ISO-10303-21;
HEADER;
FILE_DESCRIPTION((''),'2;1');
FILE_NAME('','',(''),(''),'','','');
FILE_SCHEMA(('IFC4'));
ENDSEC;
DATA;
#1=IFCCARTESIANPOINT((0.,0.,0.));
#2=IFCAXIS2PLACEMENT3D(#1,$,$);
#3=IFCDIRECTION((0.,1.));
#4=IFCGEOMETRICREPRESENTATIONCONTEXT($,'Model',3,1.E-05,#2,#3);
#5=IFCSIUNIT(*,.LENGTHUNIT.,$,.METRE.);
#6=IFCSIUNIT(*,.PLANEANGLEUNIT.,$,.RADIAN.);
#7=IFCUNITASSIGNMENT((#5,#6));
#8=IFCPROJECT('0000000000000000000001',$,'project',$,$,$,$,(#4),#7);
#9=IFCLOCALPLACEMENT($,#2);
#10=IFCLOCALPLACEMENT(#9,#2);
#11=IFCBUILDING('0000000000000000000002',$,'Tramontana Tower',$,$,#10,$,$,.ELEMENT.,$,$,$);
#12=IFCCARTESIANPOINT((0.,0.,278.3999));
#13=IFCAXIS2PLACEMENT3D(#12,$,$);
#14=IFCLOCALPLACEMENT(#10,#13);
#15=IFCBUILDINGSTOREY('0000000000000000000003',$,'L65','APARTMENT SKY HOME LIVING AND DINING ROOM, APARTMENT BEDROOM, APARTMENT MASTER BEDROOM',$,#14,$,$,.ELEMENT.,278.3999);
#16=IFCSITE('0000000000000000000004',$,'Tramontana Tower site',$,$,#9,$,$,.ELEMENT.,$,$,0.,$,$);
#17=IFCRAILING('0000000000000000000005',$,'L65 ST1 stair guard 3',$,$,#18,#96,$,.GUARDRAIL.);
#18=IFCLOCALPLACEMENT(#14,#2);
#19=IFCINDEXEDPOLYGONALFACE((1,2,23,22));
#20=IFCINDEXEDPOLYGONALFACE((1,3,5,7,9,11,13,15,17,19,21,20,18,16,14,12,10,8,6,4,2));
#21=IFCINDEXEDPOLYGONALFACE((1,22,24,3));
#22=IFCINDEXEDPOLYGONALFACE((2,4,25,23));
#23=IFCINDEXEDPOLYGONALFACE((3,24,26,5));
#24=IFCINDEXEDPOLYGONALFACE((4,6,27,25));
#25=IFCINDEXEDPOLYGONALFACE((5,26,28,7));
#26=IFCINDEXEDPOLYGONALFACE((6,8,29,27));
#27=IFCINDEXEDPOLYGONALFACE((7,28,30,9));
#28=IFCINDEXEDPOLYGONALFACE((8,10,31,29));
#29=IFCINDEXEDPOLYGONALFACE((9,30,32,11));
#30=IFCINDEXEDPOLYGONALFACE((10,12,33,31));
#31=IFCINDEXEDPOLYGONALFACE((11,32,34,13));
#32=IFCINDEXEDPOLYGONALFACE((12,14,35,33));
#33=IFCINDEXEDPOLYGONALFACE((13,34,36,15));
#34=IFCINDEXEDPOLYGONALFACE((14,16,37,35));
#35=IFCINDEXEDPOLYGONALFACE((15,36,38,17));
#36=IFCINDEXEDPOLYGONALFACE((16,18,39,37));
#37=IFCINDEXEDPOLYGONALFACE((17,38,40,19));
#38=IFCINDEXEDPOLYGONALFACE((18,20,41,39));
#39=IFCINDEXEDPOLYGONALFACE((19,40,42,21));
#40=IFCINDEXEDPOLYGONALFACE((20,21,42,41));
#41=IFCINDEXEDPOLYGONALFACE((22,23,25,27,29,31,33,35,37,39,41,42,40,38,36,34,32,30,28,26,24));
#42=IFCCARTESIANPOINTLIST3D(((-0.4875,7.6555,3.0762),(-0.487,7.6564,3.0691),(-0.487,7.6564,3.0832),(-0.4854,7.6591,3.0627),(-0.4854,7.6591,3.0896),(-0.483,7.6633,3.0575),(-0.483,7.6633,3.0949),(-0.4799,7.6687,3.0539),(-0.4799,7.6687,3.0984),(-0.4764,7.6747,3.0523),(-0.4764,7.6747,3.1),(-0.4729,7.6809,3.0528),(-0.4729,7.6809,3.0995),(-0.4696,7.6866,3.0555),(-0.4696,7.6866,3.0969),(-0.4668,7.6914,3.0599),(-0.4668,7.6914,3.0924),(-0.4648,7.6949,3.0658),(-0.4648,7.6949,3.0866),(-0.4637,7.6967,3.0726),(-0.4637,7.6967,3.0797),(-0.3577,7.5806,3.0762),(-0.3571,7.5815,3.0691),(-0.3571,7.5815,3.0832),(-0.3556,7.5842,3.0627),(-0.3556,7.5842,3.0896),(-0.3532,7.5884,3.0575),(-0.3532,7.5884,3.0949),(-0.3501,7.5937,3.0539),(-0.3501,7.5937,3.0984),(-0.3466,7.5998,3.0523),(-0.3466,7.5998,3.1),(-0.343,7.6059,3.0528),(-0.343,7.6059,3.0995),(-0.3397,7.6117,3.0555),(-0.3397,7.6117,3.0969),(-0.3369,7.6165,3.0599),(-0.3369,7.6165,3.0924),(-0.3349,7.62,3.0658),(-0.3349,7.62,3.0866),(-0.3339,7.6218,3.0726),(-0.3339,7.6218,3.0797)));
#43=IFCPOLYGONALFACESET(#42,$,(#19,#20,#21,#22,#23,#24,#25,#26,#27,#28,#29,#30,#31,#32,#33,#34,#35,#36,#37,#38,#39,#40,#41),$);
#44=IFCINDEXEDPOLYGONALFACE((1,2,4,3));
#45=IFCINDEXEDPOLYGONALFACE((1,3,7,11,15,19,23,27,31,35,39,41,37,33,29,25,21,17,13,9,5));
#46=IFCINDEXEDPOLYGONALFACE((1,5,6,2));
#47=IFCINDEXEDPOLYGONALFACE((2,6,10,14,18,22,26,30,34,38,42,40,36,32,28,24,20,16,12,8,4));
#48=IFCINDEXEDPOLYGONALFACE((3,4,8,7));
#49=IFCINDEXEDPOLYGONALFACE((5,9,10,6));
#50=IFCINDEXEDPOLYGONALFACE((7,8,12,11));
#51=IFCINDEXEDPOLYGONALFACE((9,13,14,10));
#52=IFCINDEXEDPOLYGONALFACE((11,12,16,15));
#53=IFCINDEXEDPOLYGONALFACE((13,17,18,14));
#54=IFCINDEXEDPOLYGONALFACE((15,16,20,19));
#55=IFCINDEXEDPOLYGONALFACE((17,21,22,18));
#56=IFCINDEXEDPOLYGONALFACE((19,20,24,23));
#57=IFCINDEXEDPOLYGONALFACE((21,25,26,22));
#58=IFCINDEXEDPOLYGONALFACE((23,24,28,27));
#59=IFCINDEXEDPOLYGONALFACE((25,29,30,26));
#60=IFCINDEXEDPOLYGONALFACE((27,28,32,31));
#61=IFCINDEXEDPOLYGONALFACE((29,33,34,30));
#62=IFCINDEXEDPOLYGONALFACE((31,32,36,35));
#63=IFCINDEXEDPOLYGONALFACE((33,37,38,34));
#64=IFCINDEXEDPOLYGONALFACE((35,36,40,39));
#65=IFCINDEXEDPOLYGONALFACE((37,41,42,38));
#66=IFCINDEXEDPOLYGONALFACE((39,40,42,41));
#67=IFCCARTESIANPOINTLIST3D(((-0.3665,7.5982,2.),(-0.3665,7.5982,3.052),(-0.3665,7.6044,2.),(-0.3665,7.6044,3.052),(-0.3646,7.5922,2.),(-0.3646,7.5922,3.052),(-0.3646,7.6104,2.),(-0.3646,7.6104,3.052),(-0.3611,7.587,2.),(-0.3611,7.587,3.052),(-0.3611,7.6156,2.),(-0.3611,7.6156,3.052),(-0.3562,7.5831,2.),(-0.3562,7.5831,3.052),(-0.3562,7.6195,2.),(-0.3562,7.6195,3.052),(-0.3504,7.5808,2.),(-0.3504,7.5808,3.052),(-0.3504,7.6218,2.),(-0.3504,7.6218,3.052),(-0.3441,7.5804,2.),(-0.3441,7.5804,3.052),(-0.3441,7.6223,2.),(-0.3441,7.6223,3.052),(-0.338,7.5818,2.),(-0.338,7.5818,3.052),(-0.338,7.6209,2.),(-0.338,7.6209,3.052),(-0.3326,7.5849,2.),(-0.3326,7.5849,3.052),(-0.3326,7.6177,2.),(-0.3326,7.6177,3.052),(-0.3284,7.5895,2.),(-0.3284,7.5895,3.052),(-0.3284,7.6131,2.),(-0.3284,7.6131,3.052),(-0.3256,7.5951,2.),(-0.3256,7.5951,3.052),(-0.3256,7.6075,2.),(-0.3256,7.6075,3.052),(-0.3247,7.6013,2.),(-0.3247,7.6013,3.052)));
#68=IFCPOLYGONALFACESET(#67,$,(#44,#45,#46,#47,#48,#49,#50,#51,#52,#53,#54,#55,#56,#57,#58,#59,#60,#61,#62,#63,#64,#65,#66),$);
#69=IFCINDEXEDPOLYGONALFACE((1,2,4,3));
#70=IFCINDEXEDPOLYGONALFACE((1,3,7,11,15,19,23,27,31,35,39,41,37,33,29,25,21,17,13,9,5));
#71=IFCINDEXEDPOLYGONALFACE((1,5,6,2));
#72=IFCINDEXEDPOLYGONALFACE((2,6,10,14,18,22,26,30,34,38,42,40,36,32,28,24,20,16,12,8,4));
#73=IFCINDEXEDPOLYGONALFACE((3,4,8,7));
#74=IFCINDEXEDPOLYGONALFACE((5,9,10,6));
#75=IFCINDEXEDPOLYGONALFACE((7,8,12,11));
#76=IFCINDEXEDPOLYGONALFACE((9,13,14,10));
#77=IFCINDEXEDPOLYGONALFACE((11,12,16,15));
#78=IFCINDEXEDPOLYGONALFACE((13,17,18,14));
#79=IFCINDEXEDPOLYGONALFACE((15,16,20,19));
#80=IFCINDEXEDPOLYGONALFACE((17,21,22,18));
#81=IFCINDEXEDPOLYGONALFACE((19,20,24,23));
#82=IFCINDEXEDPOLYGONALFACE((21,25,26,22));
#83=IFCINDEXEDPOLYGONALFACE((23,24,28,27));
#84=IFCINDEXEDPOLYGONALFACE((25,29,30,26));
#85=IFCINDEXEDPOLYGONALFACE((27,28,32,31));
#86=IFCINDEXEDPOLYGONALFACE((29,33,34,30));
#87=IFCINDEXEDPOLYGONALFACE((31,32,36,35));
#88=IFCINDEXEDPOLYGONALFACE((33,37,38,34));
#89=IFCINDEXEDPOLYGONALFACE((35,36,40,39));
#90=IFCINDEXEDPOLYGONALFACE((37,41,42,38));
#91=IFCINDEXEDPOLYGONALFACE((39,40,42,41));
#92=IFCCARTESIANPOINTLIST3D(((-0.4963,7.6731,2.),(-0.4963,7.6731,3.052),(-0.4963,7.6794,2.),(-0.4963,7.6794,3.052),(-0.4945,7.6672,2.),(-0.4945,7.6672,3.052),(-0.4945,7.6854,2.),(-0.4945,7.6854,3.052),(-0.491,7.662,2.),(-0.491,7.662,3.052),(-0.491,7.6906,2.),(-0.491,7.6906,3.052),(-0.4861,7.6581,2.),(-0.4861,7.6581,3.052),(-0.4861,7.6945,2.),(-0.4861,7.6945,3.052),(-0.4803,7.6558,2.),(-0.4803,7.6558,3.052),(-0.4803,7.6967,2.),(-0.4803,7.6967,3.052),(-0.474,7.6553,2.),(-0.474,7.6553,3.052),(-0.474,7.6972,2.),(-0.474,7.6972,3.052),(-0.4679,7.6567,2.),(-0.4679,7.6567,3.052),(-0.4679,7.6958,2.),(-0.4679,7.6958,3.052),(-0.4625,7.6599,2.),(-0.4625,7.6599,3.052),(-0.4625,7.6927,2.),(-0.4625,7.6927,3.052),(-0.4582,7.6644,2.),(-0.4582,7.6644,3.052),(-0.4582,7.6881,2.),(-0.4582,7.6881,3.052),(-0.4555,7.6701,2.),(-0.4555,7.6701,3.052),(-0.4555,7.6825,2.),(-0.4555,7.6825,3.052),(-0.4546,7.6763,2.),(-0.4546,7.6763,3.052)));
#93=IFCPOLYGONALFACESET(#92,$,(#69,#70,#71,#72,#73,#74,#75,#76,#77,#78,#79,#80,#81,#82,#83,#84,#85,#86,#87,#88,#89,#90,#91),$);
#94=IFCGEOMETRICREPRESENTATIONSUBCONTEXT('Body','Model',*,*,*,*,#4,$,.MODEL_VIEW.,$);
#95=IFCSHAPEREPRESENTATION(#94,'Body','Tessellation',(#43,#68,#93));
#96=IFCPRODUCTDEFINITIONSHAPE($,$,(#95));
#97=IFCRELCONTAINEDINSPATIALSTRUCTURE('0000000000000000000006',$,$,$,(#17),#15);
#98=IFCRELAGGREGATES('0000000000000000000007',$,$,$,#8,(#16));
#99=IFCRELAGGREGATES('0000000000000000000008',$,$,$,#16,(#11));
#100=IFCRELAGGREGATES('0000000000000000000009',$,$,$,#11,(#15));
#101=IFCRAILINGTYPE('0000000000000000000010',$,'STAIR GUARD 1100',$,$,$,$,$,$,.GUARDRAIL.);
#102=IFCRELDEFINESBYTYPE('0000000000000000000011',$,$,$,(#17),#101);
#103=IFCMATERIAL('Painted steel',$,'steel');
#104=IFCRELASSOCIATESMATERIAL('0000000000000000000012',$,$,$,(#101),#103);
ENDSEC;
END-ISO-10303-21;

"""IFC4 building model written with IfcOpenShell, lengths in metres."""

from ifc_helpers import new_model, si_unit, direction, frame, origin, origin_2d, place, context, subcontext, project, spatial, circle, extrude, material, type_object, element, save


model = new_model("IFC4")

# Units and contexts
model_context = context("Model", 3, precision=1e-05, world=origin(), true_north=direction((0.0, 1.0)))
body_context = subcontext(model_context, "Body", "Model", "MODEL_VIEW")
ifc_project = project(units=[si_unit("LENGTHUNIT", "METRE"), si_unit("PLANEANGLEUNIT", "RADIAN")], contexts=[model_context])

# Site, building, storey
site_placement = place(None, origin())
site = spatial("IfcSite", under=ifc_project, at=site_placement, Name="Tramontana Tower site", CompositionType="ELEMENT", RefElevation=0.0)
building_placement = place(site_placement, origin())
building = spatial("IfcBuilding", under=site, at=building_placement, Name="Tramontana Tower", CompositionType="ELEMENT")
storey_placement = place(building_placement, frame((0.0, 0.0, 278.3999)))
storey = spatial("IfcBuildingStorey", under=building, at=storey_placement, Name="L65", Description="APARTMENT SKY HOME LIVING AND DINING ROOM, APARTMENT BEDROOM, APARTMENT MASTER BEDROOM", CompositionType="ELEMENT", Elevation=278.3999)

# Railing
ifc_material_1 = material(Name="Painted steel", Category="steel")
railing_type_1 = type_object("IfcRailingType", Name="STAIR GUARD 1100", PredefinedType="GUARDRAIL", material=ifc_material_1)
railing_1_placement = place(storey_placement, frame((-0.3457, 7.6013, 2.0)))
element("IfcRailing", 1, at=railing_1_placement, inside=storey, type_object=railing_type_1, Name="L65 ST1 stair guard 3", PredefinedType="GUARDRAIL", context=body_context, shape_type="SweptSolid", body=[
    extrude(circle(Radius=0.0239, at=origin_2d()), frame((0.0, 0.0, 1.0762), z_axis=(-0.866131, 0.499816, 0.0), x_axis=(-0.499816, -0.866131, 0.0)), (0.0, 0.0, 1.0), 0.1499),
    extrude(circle(Radius=0.021, at=origin_2d()), origin(), (0.0, 0.0, 1.0), 1.052),
    extrude(circle(Radius=0.021, at=origin_2d()), frame((-0.1299, 0.075, 0.0)), (0.0, 0.0, 1.0), 1.052),
])

save(model, "model.ifc")
